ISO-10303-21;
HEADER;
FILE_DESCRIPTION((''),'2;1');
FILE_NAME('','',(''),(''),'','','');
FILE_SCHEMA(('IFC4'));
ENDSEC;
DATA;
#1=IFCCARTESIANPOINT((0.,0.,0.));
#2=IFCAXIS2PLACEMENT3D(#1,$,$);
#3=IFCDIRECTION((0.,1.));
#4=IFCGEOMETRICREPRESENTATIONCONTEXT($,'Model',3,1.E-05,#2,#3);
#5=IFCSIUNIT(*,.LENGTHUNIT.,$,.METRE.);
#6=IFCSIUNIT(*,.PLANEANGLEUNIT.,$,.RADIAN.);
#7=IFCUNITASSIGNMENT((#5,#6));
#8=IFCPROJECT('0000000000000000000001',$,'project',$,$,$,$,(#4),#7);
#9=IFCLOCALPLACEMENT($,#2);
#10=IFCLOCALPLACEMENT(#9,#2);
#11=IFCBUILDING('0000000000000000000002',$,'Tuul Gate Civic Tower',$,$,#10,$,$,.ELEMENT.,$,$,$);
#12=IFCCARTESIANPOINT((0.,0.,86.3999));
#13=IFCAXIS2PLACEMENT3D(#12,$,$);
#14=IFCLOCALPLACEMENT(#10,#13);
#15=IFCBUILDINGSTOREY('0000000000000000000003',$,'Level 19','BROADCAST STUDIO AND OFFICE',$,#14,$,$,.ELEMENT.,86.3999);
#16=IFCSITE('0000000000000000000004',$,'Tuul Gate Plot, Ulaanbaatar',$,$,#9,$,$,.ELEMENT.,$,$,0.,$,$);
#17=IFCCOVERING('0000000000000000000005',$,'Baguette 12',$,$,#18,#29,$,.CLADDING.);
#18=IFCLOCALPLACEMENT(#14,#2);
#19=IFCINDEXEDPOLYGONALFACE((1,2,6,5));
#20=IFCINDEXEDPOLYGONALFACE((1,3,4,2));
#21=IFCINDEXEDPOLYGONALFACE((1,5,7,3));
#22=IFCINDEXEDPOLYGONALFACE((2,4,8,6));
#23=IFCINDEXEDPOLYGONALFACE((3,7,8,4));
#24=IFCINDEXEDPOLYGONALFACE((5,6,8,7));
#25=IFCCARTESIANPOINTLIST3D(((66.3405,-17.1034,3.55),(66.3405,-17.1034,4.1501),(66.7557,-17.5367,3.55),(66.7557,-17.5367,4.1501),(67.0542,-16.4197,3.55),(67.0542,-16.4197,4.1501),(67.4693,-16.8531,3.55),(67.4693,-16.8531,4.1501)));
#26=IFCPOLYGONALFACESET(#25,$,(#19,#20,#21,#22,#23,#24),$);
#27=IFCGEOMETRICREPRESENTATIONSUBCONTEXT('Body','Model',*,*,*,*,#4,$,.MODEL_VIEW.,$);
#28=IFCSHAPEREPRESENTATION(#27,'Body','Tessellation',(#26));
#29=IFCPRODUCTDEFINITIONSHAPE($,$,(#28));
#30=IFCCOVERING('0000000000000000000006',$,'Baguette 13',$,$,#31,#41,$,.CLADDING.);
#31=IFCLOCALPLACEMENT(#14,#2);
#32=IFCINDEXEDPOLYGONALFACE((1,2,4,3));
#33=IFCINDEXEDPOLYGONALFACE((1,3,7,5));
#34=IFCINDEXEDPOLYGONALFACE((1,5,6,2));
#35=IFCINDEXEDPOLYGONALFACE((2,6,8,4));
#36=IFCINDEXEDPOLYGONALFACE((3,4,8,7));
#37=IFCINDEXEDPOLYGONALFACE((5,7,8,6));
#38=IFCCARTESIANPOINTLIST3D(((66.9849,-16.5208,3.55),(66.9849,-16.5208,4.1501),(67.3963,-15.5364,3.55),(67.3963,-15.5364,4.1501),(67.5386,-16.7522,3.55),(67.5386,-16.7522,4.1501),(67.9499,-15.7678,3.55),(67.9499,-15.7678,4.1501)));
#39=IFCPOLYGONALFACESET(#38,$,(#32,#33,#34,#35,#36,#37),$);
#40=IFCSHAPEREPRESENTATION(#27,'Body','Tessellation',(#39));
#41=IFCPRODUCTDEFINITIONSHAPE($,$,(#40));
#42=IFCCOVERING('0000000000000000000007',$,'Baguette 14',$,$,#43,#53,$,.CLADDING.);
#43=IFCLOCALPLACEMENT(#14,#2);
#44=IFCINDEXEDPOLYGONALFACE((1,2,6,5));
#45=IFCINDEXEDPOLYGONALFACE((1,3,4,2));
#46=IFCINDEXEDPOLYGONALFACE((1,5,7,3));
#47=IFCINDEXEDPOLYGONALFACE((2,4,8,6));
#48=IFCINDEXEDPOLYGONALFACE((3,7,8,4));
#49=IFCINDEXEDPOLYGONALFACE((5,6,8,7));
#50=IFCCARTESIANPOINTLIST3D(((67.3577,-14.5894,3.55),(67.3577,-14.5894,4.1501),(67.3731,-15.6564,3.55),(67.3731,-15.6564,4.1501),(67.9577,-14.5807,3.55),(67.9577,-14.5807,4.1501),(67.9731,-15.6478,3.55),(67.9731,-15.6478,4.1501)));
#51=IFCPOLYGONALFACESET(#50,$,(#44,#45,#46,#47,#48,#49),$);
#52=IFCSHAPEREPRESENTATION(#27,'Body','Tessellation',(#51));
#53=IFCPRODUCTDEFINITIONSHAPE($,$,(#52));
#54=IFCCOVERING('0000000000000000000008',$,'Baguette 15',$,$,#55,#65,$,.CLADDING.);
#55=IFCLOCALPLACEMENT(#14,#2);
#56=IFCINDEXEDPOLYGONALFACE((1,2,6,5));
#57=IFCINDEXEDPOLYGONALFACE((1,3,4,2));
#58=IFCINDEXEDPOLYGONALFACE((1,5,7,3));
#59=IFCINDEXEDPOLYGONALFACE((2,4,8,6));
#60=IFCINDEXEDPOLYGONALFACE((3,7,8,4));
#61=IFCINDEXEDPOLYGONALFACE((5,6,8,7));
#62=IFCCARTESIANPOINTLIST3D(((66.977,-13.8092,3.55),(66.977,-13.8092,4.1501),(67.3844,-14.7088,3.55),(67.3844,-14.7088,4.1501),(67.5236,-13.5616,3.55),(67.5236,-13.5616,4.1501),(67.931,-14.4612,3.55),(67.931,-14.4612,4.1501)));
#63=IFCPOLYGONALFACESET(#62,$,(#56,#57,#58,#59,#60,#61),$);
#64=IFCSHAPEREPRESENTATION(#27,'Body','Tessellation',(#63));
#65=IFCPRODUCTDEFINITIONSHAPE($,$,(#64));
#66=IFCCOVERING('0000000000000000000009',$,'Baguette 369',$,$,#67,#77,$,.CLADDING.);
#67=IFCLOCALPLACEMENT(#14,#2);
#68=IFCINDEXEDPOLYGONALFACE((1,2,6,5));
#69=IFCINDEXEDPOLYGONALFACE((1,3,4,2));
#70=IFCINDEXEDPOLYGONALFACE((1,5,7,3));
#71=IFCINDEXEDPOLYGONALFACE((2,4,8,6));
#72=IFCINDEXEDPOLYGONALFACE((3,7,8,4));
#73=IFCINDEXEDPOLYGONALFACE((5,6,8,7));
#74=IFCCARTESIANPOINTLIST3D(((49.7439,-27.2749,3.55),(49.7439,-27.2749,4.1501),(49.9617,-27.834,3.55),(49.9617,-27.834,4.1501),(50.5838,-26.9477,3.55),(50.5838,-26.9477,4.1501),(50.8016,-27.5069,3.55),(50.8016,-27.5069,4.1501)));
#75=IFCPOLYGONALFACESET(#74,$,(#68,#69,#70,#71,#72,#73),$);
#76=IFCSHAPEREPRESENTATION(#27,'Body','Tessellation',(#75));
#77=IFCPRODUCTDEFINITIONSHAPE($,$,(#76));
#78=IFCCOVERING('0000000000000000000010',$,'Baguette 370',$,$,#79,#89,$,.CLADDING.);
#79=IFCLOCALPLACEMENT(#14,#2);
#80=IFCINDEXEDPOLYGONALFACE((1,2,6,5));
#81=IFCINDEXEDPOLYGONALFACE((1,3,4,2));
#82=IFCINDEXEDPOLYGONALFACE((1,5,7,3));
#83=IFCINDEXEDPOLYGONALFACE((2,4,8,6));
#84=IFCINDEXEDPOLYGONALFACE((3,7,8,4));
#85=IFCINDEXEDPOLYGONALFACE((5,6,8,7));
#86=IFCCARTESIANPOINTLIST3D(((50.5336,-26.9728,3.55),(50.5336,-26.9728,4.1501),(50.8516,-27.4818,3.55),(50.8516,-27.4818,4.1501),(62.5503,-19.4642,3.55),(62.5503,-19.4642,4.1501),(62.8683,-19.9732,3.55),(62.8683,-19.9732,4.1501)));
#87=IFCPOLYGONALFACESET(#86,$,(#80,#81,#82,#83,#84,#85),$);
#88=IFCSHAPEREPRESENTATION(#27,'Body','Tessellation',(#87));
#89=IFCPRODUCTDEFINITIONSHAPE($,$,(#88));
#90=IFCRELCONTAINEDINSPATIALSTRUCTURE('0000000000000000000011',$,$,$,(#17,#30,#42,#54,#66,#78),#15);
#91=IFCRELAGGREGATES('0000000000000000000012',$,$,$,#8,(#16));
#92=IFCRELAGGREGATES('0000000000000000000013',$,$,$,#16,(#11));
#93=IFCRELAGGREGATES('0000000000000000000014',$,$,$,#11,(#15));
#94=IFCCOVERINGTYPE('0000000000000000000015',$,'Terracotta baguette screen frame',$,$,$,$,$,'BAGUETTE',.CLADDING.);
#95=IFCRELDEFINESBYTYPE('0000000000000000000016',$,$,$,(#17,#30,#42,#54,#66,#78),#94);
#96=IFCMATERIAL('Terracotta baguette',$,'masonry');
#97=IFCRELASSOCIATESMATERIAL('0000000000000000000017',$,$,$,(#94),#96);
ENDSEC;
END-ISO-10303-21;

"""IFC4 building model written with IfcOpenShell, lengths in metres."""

from ifc_helpers import new_model, si_unit, direction, frame, origin, origin_2d, place, context, subcontext, project, spatial, rectangle, extrude, material, material_profile, profile_set, type_object, element, save


model = new_model("IFC4")

# Units and contexts
model_context = context("Model", 3, precision=1e-05, world=origin(), true_north=direction((0.0, 1.0)))
body_context = subcontext(model_context, "Body", "Model", "MODEL_VIEW")
ifc_project = project(units=[si_unit("LENGTHUNIT", "METRE"), si_unit("PLANEANGLEUNIT", "RADIAN")], contexts=[model_context])

# Site, building, storey
site_placement = place(None, origin())
site = spatial("IfcSite", under=ifc_project, at=site_placement, Name="Tuul Gate Plot, Ulaanbaatar", CompositionType="ELEMENT", RefElevation=0.0)
building_placement = place(site_placement, origin())
building = spatial("IfcBuilding", under=site, at=building_placement, Name="Tuul Gate Civic Tower", CompositionType="ELEMENT")
storey_placement = place(building_placement, frame((0.0, 0.0, 86.3999)))
storey = spatial("IfcBuildingStorey", under=building, at=storey_placement, Name="Level 19", Description="BROADCAST STUDIO AND OFFICE", CompositionType="ELEMENT", Elevation=86.3999)

# Coverings
ifc_material_1 = material(Name="Terracotta baguette", Category="masonry")
ifc_material_profile_1 = material_profile(ifc_material_1, rectangle(XDim=0.6001, YDim=0.6001, at=origin_2d()), Name="Terracotta baguette screen frame")
ifc_profile_set_1 = profile_set([ifc_material_profile_1], Name="Terracotta baguette")
covering_type = type_object("IfcCoveringType", Name="Terracotta baguette screen frame", ElementType="BAGUETTE", PredefinedType="CLADDING", material=ifc_profile_set_1)
covering_1_placement = place(storey_placement, frame((66.5481, -17.3201, 3.8501), z_axis=(0.722137, 0.69175, 0.0), x_axis=(-0.69175, 0.722137, 0.0)))
element("IfcCovering", 1, at=covering_1_placement, inside=storey, type_object=covering_type, Name="Baguette 12", PredefinedType="CLADDING", context=body_context, shape_type="SweptSolid", body=[
    extrude(rectangle(XDim=0.6001, YDim=0.6001, at=origin_2d()), origin(), (0.0, 0.0, 1.0), 0.9883),
])
covering_2_placement = place(storey_placement, frame((67.2617, -16.6365, 3.8501), z_axis=(0.38559, 0.92267, 0.0), x_axis=(-0.92267, 0.38559, 0.0)))
element("IfcCovering", 2, at=covering_2_placement, inside=storey, type_object=covering_type, Name="Baguette 13", PredefinedType="CLADDING", context=body_context, shape_type="SweptSolid", body=[
    extrude(rectangle(XDim=0.6001, YDim=0.6001, at=origin_2d()), origin(), (0.0, 0.0, 1.0), 1.0669),
])
covering_3_placement = place(storey_placement, frame((67.6731, -15.6521, 3.8501), z_axis=(-0.014412, 0.999896, 0.0), x_axis=(-0.999896, -0.014412, 0.0)))
element("IfcCovering", 3, at=covering_3_placement, inside=storey, type_object=covering_type, Name="Baguette 14", PredefinedType="CLADDING", context=body_context, shape_type="SweptSolid", body=[
    extrude(rectangle(XDim=0.6001, YDim=0.6001, at=origin_2d()), origin(), (0.0, 0.0, 1.0), 1.0671),
])
covering_4_placement = place(storey_placement, frame((67.6577, -14.585, 3.8501), z_axis=(-0.412573, 0.910924, 0.0), x_axis=(-0.910924, -0.412573, 0.0)))
element("IfcCovering", 4, at=covering_4_placement, inside=storey, type_object=covering_type, Name="Baguette 15", PredefinedType="CLADDING", context=body_context, shape_type="SweptSolid", body=[
    extrude(rectangle(XDim=0.6001, YDim=0.6001, at=origin_2d()), origin(), (0.0, 0.0, 1.0), 0.9875),
])
covering_5_placement = place(storey_placement, frame((49.8528, -27.5544, 3.8501), z_axis=(0.931801, 0.362969, 0.0), x_axis=(-0.362969, 0.931801, 0.0)))
element("IfcCovering", 5, at=covering_5_placement, inside=storey, type_object=covering_type, Name="Baguette 369", PredefinedType="CLADDING", context=body_context, shape_type="SweptSolid", body=[
    extrude(rectangle(XDim=0.6001, YDim=0.6001, at=origin_2d()), origin(), (0.0, 0.0, 1.0), 0.9014),
])
covering_6_placement = place(storey_placement, frame((50.6926, -27.2273, 3.8501), z_axis=(0.848056, 0.529906, 0.0), x_axis=(-0.529906, 0.848056, 0.0)))
element("IfcCovering", 6, at=covering_6_placement, inside=storey, type_object=covering_type, Name="Baguette 370", PredefinedType="CLADDING", context=body_context, shape_type="SweptSolid", body=[
    extrude(rectangle(XDim=0.6001, YDim=0.6001, at=origin_2d()), origin(), (0.0, 0.0, 1.0), 14.1697),
])

save(model, "model.ifc")
